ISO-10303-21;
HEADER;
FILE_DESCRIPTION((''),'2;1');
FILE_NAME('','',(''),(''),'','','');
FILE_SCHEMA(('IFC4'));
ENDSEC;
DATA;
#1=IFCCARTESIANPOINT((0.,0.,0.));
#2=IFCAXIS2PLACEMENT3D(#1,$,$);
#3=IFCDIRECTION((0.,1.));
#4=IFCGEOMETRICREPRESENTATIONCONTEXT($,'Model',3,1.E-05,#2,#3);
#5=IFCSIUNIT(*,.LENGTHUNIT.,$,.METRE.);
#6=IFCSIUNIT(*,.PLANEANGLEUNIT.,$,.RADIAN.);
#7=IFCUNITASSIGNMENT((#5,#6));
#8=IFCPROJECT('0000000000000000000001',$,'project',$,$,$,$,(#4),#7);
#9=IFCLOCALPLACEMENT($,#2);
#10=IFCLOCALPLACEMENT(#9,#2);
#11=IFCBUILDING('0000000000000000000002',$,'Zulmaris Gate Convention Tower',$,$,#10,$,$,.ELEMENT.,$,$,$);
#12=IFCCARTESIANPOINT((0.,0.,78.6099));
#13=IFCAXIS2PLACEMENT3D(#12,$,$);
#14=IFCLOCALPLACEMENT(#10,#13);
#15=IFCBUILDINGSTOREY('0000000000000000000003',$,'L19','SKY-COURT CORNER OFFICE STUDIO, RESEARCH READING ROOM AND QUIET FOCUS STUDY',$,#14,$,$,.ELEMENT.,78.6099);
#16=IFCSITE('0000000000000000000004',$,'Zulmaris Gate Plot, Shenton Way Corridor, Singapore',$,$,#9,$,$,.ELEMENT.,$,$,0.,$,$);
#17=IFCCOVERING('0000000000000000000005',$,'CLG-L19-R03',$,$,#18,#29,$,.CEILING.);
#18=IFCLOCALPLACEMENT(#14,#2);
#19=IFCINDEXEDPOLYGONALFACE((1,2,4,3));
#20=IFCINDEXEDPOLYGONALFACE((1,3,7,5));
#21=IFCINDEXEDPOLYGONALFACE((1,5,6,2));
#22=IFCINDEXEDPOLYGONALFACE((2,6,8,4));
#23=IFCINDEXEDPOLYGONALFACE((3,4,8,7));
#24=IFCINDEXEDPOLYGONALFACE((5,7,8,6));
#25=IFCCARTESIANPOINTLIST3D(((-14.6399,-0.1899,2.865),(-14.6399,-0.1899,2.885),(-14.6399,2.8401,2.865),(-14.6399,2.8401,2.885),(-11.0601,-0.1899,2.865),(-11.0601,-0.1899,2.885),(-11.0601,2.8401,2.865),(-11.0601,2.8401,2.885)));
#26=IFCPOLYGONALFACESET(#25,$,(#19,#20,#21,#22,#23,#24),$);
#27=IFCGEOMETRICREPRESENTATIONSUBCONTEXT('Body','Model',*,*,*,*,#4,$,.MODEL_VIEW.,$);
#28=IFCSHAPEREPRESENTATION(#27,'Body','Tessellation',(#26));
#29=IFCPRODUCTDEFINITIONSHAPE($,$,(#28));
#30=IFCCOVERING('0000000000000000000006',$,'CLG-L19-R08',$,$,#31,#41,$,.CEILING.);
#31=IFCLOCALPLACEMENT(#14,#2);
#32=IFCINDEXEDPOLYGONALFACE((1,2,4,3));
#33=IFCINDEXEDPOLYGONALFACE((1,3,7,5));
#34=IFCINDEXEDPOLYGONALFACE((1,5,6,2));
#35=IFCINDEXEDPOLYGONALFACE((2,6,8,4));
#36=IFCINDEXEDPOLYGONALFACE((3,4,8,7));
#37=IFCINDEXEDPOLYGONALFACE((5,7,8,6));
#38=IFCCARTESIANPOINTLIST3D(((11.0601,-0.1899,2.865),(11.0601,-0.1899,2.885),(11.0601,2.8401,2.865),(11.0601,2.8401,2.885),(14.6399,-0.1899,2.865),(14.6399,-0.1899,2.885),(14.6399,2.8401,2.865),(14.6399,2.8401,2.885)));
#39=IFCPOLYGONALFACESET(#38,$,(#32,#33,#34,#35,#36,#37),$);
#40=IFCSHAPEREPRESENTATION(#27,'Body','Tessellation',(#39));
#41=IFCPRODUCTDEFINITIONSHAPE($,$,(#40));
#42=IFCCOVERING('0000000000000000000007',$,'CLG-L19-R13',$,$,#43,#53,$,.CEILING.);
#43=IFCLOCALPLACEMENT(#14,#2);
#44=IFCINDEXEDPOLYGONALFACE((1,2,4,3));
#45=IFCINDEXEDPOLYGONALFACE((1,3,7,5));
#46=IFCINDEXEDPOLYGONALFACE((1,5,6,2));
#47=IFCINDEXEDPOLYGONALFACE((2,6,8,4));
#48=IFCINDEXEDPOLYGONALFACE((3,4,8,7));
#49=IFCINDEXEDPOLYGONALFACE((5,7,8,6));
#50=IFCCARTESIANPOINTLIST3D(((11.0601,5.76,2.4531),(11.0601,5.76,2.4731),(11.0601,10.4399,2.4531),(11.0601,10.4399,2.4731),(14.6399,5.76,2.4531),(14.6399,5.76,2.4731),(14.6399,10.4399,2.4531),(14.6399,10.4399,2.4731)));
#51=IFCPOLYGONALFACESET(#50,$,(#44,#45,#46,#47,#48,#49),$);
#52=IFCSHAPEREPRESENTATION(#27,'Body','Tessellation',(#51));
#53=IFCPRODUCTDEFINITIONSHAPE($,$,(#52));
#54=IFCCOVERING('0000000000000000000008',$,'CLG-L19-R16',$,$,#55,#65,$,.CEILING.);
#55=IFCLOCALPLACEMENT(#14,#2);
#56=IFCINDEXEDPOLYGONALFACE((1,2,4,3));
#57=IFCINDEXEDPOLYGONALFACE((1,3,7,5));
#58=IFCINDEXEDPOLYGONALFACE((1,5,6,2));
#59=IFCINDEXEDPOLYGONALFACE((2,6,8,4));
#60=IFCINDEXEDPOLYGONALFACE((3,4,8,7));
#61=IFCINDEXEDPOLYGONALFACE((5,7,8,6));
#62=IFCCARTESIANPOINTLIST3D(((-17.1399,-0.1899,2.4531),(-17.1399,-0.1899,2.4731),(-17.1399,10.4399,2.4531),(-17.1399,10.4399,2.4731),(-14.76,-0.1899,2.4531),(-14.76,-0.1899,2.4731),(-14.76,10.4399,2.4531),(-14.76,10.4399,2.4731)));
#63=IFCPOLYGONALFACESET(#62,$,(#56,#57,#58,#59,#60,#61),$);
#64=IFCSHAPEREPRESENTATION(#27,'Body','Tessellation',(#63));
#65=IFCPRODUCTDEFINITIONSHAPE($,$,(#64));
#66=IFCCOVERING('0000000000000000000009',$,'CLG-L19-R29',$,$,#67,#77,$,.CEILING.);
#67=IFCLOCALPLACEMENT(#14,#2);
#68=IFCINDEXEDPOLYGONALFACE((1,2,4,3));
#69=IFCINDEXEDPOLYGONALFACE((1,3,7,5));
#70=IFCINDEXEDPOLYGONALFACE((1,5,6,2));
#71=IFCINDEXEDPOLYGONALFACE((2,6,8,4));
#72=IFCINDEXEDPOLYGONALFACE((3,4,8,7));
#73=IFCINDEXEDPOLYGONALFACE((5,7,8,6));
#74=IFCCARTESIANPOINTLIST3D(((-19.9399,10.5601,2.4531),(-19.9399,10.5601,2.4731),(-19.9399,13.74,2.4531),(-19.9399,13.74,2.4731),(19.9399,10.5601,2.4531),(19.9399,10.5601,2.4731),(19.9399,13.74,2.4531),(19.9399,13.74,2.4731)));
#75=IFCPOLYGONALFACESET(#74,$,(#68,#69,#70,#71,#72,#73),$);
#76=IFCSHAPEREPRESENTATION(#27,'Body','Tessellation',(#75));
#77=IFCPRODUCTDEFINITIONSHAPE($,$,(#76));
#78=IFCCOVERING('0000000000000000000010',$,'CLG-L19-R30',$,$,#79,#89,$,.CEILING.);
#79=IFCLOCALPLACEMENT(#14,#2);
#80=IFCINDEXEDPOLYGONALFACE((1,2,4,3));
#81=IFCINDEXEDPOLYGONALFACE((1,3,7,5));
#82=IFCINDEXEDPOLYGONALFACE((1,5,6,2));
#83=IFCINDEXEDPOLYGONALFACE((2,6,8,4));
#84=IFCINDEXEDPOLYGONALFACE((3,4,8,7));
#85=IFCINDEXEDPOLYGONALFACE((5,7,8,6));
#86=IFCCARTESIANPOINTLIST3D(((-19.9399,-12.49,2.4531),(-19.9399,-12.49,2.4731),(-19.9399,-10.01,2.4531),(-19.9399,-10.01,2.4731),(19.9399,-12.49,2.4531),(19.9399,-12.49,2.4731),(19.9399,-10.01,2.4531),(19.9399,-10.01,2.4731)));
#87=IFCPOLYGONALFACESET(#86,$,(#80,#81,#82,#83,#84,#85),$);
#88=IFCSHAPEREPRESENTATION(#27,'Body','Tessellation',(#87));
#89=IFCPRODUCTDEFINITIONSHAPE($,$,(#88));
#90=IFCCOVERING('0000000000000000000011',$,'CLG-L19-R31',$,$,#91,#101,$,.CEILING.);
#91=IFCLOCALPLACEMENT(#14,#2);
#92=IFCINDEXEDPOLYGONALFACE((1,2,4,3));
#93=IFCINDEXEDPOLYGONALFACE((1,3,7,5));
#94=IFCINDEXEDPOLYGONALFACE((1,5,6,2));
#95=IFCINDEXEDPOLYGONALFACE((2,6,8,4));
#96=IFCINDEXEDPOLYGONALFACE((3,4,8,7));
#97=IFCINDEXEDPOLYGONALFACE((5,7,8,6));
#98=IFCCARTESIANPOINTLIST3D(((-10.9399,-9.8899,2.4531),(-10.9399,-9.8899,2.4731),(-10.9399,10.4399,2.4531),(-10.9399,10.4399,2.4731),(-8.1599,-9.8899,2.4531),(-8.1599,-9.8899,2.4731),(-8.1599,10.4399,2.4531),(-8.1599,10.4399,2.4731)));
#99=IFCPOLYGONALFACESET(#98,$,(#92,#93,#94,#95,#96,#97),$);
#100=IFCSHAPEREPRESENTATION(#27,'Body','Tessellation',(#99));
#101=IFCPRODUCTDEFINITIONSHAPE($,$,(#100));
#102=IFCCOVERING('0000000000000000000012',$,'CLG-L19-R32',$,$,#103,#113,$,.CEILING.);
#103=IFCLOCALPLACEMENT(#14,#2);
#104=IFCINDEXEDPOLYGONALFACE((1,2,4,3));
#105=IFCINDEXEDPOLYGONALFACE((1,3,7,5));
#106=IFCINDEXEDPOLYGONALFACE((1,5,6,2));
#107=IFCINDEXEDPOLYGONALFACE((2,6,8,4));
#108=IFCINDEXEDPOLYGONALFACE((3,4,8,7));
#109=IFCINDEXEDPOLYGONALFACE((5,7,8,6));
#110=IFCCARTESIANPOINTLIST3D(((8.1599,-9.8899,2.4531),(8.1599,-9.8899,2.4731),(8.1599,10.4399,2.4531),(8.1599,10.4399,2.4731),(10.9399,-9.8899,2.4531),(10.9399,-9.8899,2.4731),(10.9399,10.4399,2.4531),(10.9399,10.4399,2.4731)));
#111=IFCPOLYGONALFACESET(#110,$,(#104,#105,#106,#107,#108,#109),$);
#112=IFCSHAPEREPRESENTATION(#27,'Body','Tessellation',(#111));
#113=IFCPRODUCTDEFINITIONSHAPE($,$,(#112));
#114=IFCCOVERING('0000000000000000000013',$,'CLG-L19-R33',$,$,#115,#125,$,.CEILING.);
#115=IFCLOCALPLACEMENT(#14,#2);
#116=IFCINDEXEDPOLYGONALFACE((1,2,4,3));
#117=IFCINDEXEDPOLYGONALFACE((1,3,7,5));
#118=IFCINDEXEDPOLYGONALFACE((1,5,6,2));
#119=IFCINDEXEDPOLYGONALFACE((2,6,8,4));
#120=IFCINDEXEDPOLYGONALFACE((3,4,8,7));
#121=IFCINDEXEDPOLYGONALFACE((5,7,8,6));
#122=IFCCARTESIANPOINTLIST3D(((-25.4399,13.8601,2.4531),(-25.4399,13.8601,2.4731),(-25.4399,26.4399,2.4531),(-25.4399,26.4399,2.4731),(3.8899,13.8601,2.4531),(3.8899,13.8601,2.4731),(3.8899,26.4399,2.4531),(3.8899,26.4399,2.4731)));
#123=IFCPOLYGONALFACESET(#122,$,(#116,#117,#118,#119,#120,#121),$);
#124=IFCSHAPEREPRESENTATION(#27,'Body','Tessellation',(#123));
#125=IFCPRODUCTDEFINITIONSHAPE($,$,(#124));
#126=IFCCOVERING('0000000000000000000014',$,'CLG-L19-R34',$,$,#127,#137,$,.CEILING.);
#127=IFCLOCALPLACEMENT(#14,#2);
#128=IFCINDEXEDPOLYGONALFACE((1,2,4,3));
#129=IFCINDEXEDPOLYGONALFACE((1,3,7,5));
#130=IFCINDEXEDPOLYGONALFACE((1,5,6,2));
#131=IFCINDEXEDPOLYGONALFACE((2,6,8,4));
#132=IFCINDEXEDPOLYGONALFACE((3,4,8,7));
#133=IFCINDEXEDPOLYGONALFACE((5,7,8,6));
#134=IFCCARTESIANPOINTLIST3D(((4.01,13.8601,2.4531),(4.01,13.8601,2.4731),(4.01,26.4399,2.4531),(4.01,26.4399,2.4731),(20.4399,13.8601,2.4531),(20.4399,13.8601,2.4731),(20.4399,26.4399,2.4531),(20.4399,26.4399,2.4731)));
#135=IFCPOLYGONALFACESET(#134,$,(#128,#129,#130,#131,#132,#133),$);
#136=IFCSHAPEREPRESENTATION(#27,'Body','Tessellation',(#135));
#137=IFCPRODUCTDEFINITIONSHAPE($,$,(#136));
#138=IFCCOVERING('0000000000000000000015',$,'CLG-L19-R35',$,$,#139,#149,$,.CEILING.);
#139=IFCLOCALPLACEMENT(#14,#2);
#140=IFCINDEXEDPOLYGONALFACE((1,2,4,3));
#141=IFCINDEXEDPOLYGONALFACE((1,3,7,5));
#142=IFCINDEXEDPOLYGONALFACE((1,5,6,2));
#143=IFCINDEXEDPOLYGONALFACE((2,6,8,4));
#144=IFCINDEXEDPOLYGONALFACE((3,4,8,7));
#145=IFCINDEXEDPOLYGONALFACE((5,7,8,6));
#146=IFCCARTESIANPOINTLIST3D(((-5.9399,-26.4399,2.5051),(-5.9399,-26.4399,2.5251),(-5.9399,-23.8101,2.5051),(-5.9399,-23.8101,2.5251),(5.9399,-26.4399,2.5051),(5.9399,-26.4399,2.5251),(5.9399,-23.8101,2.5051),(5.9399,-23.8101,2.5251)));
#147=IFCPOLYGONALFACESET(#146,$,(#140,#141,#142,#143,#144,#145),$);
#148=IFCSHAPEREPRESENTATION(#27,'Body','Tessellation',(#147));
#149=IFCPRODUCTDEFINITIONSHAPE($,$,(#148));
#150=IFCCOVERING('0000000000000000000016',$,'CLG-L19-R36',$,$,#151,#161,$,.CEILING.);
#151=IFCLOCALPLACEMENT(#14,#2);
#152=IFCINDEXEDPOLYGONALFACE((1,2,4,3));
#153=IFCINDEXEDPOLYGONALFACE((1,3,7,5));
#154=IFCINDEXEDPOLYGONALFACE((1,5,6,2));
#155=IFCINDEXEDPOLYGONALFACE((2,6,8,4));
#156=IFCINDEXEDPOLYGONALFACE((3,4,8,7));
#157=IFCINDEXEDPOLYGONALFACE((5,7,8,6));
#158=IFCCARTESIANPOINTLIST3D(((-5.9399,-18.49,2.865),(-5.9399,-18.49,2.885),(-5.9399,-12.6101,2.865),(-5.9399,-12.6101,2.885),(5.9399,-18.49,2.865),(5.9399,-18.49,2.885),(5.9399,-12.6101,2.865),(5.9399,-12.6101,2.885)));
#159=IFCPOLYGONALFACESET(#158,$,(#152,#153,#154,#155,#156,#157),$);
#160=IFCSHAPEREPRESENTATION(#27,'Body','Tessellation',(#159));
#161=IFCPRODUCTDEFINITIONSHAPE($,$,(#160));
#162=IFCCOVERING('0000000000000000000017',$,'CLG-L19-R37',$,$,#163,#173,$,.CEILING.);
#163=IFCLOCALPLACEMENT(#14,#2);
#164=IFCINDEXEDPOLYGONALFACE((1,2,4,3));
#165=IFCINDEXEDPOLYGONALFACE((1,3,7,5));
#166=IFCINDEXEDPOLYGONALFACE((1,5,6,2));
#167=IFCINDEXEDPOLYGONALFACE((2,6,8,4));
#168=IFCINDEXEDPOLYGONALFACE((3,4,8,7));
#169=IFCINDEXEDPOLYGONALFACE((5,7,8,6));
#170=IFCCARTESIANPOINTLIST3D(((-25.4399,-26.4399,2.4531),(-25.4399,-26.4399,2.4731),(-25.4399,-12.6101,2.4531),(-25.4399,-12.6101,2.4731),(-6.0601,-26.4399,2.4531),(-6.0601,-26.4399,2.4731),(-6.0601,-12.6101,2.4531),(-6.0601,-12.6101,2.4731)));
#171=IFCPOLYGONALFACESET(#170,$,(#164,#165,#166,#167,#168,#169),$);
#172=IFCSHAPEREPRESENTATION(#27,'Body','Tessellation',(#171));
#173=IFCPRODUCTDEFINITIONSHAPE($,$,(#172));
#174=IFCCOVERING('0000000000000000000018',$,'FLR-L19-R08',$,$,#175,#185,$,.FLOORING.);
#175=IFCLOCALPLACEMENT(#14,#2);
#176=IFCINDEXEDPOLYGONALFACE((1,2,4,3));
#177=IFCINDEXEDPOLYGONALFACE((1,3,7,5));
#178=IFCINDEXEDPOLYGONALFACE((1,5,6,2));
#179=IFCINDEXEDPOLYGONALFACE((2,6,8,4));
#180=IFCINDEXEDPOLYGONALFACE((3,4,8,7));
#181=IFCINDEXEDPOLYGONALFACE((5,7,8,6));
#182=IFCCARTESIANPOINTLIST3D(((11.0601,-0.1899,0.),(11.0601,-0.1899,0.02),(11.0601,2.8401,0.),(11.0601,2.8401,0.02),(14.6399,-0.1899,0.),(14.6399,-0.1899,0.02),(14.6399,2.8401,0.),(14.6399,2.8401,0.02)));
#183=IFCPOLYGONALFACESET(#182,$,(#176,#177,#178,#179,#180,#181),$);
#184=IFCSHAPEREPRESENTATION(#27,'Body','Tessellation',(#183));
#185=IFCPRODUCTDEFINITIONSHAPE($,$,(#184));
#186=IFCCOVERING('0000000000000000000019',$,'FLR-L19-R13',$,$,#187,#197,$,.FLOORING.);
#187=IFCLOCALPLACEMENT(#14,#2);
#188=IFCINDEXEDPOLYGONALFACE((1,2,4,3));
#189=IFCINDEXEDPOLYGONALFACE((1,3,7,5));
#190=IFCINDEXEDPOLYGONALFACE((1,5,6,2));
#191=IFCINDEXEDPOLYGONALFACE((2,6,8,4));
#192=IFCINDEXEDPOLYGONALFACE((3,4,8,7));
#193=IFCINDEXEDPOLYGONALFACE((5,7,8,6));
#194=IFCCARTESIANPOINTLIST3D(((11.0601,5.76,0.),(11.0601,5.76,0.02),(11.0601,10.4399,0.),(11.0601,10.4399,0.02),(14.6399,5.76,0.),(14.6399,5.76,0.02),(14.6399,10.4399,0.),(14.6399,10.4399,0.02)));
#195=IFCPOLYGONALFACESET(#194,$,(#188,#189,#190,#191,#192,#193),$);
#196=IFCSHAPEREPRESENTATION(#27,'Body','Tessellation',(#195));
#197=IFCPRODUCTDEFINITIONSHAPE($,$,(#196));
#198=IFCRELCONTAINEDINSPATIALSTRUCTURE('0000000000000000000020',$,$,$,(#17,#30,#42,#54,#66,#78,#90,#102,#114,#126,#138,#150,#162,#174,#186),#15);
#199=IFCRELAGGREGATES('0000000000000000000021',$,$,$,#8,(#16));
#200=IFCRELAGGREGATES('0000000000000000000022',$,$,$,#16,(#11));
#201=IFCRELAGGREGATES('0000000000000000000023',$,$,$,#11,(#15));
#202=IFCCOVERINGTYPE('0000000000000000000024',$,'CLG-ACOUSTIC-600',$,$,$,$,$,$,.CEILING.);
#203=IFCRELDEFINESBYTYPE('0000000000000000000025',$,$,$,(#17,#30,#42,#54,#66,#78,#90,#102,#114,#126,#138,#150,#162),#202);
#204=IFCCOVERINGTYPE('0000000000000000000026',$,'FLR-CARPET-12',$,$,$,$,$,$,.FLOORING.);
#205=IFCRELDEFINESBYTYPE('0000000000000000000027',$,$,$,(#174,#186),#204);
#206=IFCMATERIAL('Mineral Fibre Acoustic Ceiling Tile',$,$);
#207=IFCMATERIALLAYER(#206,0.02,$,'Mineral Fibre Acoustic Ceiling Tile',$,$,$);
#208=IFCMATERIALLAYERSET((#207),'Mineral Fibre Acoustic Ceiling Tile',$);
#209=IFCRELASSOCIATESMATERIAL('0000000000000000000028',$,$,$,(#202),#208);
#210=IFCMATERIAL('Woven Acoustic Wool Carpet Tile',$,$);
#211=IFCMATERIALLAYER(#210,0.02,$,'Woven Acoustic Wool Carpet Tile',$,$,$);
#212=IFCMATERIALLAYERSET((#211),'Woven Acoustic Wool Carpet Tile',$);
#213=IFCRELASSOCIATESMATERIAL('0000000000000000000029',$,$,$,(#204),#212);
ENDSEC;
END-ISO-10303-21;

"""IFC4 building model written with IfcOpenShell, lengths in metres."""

from ifc_helpers import new_model, si_unit, direction, frame, origin, place, context, subcontext, project, spatial, polyline, outline, extrude, material, layer, layer_set, type_object, element, save


model = new_model("IFC4")

# Units and contexts
model_context = context("Model", 3, precision=1e-05, world=origin(), true_north=direction((0.0, 1.0)))
body_context = subcontext(model_context, "Body", "Model", "MODEL_VIEW")
ifc_project = project(units=[si_unit("LENGTHUNIT", "METRE"), si_unit("PLANEANGLEUNIT", "RADIAN")], contexts=[model_context])

# Site, building, storey
site_placement = place(None, origin())
site = spatial("IfcSite", under=ifc_project, at=site_placement, Name="Zulmaris Gate Plot, Shenton Way Corridor, Singapore", CompositionType="ELEMENT", RefElevation=0.0)
building_placement = place(site_placement, origin())
building = spatial("IfcBuilding", under=site, at=building_placement, Name="Zulmaris Gate Convention Tower", CompositionType="ELEMENT")
storey_placement = place(building_placement, frame((0.0, 0.0, 78.6099)))
storey = spatial("IfcBuildingStorey", under=building, at=storey_placement, Name="L19", Description="SKY-COURT CORNER OFFICE STUDIO, RESEARCH READING ROOM AND QUIET FOCUS STUDY", CompositionType="ELEMENT", Elevation=78.6099)

# Coverings
ifc_material_1 = material(Name="Mineral Fibre Acoustic Ceiling Tile")
ifc_layer_1 = layer(ifc_material_1, 0.02, Name="Mineral Fibre Acoustic Ceiling Tile")
ifc_layer_set_1 = layer_set([ifc_layer_1], Name="Mineral Fibre Acoustic Ceiling Tile")
covering_type_1 = type_object("IfcCoveringType", Name="CLG-ACOUSTIC-600", PredefinedType="CEILING", material=ifc_layer_set_1)
covering_1_placement = place(storey_placement, frame((0.0, 0.0, 2.865)))
element("IfcCovering", 1, at=covering_1_placement, inside=storey, type_object=covering_type_1, Name="CLG-L19-R03", PredefinedType="CEILING", context=body_context, shape_type="SweptSolid", body=[
    extrude(outline(polyline([(-14.6399, -0.1899), (-11.0601, -0.1899), (-11.0601, 2.8401), (-14.6399, 2.8401), (-14.6399, -0.1899)])), origin(), (0.0, 0.0, 1.0), 0.02),
])
covering_2_placement = place(storey_placement, frame((0.0, 0.0, 2.865)))
element("IfcCovering", 2, at=covering_2_placement, inside=storey, type_object=covering_type_1, Name="CLG-L19-R08", PredefinedType="CEILING", context=body_context, shape_type="SweptSolid", body=[
    extrude(outline(polyline([(11.0601, -0.1899), (14.6399, -0.1899), (14.6399, 2.8401), (11.0601, 2.8401), (11.0601, -0.1899)])), origin(), (0.0, 0.0, 1.0), 0.02),
])
covering_3_placement = place(storey_placement, frame((0.0, 0.0, 2.4531)))
element("IfcCovering", 3, at=covering_3_placement, inside=storey, type_object=covering_type_1, Name="CLG-L19-R13", PredefinedType="CEILING", context=body_context, shape_type="SweptSolid", body=[
    extrude(outline(polyline([(11.0601, 5.76), (14.6399, 5.76), (14.6399, 10.4399), (11.0601, 10.4399), (11.0601, 5.76)])), origin(), (0.0, 0.0, 1.0), 0.02),
])
covering_4_placement = place(storey_placement, frame((0.0, 0.0, 2.4531)))
element("IfcCovering", 4, at=covering_4_placement, inside=storey, type_object=covering_type_1, Name="CLG-L19-R16", PredefinedType="CEILING", context=body_context, shape_type="SweptSolid", body=[
    extrude(outline(polyline([(-17.1399, -0.1899), (-14.76, -0.1899), (-14.76, 10.4399), (-17.1399, 10.4399), (-17.1399, -0.1899)])), origin(), (0.0, 0.0, 1.0), 0.02),
])
covering_5_placement = place(storey_placement, frame((0.0, 0.0, 2.4531)))
element("IfcCovering", 5, at=covering_5_placement, inside=storey, type_object=covering_type_1, Name="CLG-L19-R29", PredefinedType="CEILING", context=body_context, shape_type="SweptSolid", body=[
    extrude(outline(polyline([(-19.9399, 10.5601), (19.9399, 10.5601), (19.9399, 13.74), (-19.9399, 13.74), (-19.9399, 10.5601)])), origin(), (0.0, 0.0, 1.0), 0.02),
])
covering_6_placement = place(storey_placement, frame((0.0, 0.0, 2.4531)))
element("IfcCovering", 6, at=covering_6_placement, inside=storey, type_object=covering_type_1, Name="CLG-L19-R30", PredefinedType="CEILING", context=body_context, shape_type="SweptSolid", body=[
    extrude(outline(polyline([(-19.9399, -12.49), (19.9399, -12.49), (19.9399, -10.01), (-19.9399, -10.01), (-19.9399, -12.49)])), origin(), (0.0, 0.0, 1.0), 0.02),
])
covering_7_placement = place(storey_placement, frame((0.0, 0.0, 2.4531)))
element("IfcCovering", 7, at=covering_7_placement, inside=storey, type_object=covering_type_1, Name="CLG-L19-R31", PredefinedType="CEILING", context=body_context, shape_type="SweptSolid", body=[
    extrude(outline(polyline([(-10.9399, -9.8899), (-8.1599, -9.8899), (-8.1599, 10.4399), (-10.9399, 10.4399), (-10.9399, -9.8899)])), origin(), (0.0, 0.0, 1.0), 0.02),
])
covering_8_placement = place(storey_placement, frame((0.0, 0.0, 2.4531)))
element("IfcCovering", 8, at=covering_8_placement, inside=storey, type_object=covering_type_1, Name="CLG-L19-R32", PredefinedType="CEILING", context=body_context, shape_type="SweptSolid", body=[
    extrude(outline(polyline([(8.1599, -9.8899), (10.9399, -9.8899), (10.9399, 10.4399), (8.1599, 10.4399), (8.1599, -9.8899)])), origin(), (0.0, 0.0, 1.0), 0.02),
])
covering_9_placement = place(storey_placement, frame((0.0, 0.0, 2.4531)))
element("IfcCovering", 9, at=covering_9_placement, inside=storey, type_object=covering_type_1, Name="CLG-L19-R33", PredefinedType="CEILING", context=body_context, shape_type="SweptSolid", body=[
    extrude(outline(polyline([(-25.4399, 13.8601), (3.8899, 13.8601), (3.8899, 26.4399), (-25.4399, 26.4399), (-25.4399, 13.8601)])), origin(), (0.0, 0.0, 1.0), 0.02),
])
covering_10_placement = place(storey_placement, frame((0.0, 0.0, 2.4531)))
element("IfcCovering", 10, at=covering_10_placement, inside=storey, type_object=covering_type_1, Name="CLG-L19-R34", PredefinedType="CEILING", context=body_context, shape_type="SweptSolid", body=[
    extrude(outline(polyline([(4.01, 13.8601), (20.4399, 13.8601), (20.4399, 26.4399), (4.01, 26.4399), (4.01, 13.8601)])), origin(), (0.0, 0.0, 1.0), 0.02),
])
covering_11_placement = place(storey_placement, frame((0.0, 0.0, 2.5051)))
element("IfcCovering", 11, at=covering_11_placement, inside=storey, type_object=covering_type_1, Name="CLG-L19-R35", PredefinedType="CEILING", context=body_context, shape_type="SweptSolid", body=[
    extrude(outline(polyline([(-5.9399, -26.4399), (5.9399, -26.4399), (5.9399, -23.8101), (-5.9399, -23.8101), (-5.9399, -26.4399)])), origin(), (0.0, 0.0, 1.0), 0.02),
])
covering_12_placement = place(storey_placement, frame((0.0, 0.0, 2.865)))
element("IfcCovering", 12, at=covering_12_placement, inside=storey, type_object=covering_type_1, Name="CLG-L19-R36", PredefinedType="CEILING", context=body_context, shape_type="SweptSolid", body=[
    extrude(outline(polyline([(-5.9399, -18.49), (5.9399, -18.49), (5.9399, -12.6101), (-5.9399, -12.6101), (-5.9399, -18.49)])), origin(), (0.0, 0.0, 1.0), 0.02),
])
covering_13_placement = place(storey_placement, frame((0.0, 0.0, 2.4531)))
element("IfcCovering", 13, at=covering_13_placement, inside=storey, type_object=covering_type_1, Name="CLG-L19-R37", PredefinedType="CEILING", context=body_context, shape_type="SweptSolid", body=[
    extrude(outline(polyline([(-25.4399, -26.4399), (-6.0601, -26.4399), (-6.0601, -12.6101), (-25.4399, -12.6101), (-25.4399, -26.4399)])), origin(), (0.0, 0.0, 1.0), 0.02),
])
ifc_material_2 = material(Name="Woven Acoustic Wool Carpet Tile")
ifc_layer_2 = layer(ifc_material_2, 0.02, Name="Woven Acoustic Wool Carpet Tile")
ifc_layer_set_2 = layer_set([ifc_layer_2], Name="Woven Acoustic Wool Carpet Tile")
covering_type_2 = type_object("IfcCoveringType", Name="FLR-CARPET-12", PredefinedType="FLOORING", material=ifc_layer_set_2)
covering_14_placement = place(storey_placement, origin())
element("IfcCovering", 14, at=covering_14_placement, inside=storey, type_object=covering_type_2, Name="FLR-L19-R08", PredefinedType="FLOORING", context=body_context, shape_type="SweptSolid", body=[
    extrude(outline(polyline([(11.0601, -0.1899), (14.6399, -0.1899), (14.6399, 2.8401), (11.0601, 2.8401), (11.0601, -0.1899)])), origin(), (0.0, 0.0, 1.0), 0.02),
])
covering_15_placement = place(storey_placement, origin())
element("IfcCovering", 15, at=covering_15_placement, inside=storey, type_object=covering_type_2, Name="FLR-L19-R13", PredefinedType="FLOORING", context=body_context, shape_type="SweptSolid", body=[
    extrude(outline(polyline([(11.0601, 5.76), (14.6399, 5.76), (14.6399, 10.4399), (11.0601, 10.4399), (11.0601, 5.76)])), origin(), (0.0, 0.0, 1.0), 0.02),
])

save(model, "model.ifc")
